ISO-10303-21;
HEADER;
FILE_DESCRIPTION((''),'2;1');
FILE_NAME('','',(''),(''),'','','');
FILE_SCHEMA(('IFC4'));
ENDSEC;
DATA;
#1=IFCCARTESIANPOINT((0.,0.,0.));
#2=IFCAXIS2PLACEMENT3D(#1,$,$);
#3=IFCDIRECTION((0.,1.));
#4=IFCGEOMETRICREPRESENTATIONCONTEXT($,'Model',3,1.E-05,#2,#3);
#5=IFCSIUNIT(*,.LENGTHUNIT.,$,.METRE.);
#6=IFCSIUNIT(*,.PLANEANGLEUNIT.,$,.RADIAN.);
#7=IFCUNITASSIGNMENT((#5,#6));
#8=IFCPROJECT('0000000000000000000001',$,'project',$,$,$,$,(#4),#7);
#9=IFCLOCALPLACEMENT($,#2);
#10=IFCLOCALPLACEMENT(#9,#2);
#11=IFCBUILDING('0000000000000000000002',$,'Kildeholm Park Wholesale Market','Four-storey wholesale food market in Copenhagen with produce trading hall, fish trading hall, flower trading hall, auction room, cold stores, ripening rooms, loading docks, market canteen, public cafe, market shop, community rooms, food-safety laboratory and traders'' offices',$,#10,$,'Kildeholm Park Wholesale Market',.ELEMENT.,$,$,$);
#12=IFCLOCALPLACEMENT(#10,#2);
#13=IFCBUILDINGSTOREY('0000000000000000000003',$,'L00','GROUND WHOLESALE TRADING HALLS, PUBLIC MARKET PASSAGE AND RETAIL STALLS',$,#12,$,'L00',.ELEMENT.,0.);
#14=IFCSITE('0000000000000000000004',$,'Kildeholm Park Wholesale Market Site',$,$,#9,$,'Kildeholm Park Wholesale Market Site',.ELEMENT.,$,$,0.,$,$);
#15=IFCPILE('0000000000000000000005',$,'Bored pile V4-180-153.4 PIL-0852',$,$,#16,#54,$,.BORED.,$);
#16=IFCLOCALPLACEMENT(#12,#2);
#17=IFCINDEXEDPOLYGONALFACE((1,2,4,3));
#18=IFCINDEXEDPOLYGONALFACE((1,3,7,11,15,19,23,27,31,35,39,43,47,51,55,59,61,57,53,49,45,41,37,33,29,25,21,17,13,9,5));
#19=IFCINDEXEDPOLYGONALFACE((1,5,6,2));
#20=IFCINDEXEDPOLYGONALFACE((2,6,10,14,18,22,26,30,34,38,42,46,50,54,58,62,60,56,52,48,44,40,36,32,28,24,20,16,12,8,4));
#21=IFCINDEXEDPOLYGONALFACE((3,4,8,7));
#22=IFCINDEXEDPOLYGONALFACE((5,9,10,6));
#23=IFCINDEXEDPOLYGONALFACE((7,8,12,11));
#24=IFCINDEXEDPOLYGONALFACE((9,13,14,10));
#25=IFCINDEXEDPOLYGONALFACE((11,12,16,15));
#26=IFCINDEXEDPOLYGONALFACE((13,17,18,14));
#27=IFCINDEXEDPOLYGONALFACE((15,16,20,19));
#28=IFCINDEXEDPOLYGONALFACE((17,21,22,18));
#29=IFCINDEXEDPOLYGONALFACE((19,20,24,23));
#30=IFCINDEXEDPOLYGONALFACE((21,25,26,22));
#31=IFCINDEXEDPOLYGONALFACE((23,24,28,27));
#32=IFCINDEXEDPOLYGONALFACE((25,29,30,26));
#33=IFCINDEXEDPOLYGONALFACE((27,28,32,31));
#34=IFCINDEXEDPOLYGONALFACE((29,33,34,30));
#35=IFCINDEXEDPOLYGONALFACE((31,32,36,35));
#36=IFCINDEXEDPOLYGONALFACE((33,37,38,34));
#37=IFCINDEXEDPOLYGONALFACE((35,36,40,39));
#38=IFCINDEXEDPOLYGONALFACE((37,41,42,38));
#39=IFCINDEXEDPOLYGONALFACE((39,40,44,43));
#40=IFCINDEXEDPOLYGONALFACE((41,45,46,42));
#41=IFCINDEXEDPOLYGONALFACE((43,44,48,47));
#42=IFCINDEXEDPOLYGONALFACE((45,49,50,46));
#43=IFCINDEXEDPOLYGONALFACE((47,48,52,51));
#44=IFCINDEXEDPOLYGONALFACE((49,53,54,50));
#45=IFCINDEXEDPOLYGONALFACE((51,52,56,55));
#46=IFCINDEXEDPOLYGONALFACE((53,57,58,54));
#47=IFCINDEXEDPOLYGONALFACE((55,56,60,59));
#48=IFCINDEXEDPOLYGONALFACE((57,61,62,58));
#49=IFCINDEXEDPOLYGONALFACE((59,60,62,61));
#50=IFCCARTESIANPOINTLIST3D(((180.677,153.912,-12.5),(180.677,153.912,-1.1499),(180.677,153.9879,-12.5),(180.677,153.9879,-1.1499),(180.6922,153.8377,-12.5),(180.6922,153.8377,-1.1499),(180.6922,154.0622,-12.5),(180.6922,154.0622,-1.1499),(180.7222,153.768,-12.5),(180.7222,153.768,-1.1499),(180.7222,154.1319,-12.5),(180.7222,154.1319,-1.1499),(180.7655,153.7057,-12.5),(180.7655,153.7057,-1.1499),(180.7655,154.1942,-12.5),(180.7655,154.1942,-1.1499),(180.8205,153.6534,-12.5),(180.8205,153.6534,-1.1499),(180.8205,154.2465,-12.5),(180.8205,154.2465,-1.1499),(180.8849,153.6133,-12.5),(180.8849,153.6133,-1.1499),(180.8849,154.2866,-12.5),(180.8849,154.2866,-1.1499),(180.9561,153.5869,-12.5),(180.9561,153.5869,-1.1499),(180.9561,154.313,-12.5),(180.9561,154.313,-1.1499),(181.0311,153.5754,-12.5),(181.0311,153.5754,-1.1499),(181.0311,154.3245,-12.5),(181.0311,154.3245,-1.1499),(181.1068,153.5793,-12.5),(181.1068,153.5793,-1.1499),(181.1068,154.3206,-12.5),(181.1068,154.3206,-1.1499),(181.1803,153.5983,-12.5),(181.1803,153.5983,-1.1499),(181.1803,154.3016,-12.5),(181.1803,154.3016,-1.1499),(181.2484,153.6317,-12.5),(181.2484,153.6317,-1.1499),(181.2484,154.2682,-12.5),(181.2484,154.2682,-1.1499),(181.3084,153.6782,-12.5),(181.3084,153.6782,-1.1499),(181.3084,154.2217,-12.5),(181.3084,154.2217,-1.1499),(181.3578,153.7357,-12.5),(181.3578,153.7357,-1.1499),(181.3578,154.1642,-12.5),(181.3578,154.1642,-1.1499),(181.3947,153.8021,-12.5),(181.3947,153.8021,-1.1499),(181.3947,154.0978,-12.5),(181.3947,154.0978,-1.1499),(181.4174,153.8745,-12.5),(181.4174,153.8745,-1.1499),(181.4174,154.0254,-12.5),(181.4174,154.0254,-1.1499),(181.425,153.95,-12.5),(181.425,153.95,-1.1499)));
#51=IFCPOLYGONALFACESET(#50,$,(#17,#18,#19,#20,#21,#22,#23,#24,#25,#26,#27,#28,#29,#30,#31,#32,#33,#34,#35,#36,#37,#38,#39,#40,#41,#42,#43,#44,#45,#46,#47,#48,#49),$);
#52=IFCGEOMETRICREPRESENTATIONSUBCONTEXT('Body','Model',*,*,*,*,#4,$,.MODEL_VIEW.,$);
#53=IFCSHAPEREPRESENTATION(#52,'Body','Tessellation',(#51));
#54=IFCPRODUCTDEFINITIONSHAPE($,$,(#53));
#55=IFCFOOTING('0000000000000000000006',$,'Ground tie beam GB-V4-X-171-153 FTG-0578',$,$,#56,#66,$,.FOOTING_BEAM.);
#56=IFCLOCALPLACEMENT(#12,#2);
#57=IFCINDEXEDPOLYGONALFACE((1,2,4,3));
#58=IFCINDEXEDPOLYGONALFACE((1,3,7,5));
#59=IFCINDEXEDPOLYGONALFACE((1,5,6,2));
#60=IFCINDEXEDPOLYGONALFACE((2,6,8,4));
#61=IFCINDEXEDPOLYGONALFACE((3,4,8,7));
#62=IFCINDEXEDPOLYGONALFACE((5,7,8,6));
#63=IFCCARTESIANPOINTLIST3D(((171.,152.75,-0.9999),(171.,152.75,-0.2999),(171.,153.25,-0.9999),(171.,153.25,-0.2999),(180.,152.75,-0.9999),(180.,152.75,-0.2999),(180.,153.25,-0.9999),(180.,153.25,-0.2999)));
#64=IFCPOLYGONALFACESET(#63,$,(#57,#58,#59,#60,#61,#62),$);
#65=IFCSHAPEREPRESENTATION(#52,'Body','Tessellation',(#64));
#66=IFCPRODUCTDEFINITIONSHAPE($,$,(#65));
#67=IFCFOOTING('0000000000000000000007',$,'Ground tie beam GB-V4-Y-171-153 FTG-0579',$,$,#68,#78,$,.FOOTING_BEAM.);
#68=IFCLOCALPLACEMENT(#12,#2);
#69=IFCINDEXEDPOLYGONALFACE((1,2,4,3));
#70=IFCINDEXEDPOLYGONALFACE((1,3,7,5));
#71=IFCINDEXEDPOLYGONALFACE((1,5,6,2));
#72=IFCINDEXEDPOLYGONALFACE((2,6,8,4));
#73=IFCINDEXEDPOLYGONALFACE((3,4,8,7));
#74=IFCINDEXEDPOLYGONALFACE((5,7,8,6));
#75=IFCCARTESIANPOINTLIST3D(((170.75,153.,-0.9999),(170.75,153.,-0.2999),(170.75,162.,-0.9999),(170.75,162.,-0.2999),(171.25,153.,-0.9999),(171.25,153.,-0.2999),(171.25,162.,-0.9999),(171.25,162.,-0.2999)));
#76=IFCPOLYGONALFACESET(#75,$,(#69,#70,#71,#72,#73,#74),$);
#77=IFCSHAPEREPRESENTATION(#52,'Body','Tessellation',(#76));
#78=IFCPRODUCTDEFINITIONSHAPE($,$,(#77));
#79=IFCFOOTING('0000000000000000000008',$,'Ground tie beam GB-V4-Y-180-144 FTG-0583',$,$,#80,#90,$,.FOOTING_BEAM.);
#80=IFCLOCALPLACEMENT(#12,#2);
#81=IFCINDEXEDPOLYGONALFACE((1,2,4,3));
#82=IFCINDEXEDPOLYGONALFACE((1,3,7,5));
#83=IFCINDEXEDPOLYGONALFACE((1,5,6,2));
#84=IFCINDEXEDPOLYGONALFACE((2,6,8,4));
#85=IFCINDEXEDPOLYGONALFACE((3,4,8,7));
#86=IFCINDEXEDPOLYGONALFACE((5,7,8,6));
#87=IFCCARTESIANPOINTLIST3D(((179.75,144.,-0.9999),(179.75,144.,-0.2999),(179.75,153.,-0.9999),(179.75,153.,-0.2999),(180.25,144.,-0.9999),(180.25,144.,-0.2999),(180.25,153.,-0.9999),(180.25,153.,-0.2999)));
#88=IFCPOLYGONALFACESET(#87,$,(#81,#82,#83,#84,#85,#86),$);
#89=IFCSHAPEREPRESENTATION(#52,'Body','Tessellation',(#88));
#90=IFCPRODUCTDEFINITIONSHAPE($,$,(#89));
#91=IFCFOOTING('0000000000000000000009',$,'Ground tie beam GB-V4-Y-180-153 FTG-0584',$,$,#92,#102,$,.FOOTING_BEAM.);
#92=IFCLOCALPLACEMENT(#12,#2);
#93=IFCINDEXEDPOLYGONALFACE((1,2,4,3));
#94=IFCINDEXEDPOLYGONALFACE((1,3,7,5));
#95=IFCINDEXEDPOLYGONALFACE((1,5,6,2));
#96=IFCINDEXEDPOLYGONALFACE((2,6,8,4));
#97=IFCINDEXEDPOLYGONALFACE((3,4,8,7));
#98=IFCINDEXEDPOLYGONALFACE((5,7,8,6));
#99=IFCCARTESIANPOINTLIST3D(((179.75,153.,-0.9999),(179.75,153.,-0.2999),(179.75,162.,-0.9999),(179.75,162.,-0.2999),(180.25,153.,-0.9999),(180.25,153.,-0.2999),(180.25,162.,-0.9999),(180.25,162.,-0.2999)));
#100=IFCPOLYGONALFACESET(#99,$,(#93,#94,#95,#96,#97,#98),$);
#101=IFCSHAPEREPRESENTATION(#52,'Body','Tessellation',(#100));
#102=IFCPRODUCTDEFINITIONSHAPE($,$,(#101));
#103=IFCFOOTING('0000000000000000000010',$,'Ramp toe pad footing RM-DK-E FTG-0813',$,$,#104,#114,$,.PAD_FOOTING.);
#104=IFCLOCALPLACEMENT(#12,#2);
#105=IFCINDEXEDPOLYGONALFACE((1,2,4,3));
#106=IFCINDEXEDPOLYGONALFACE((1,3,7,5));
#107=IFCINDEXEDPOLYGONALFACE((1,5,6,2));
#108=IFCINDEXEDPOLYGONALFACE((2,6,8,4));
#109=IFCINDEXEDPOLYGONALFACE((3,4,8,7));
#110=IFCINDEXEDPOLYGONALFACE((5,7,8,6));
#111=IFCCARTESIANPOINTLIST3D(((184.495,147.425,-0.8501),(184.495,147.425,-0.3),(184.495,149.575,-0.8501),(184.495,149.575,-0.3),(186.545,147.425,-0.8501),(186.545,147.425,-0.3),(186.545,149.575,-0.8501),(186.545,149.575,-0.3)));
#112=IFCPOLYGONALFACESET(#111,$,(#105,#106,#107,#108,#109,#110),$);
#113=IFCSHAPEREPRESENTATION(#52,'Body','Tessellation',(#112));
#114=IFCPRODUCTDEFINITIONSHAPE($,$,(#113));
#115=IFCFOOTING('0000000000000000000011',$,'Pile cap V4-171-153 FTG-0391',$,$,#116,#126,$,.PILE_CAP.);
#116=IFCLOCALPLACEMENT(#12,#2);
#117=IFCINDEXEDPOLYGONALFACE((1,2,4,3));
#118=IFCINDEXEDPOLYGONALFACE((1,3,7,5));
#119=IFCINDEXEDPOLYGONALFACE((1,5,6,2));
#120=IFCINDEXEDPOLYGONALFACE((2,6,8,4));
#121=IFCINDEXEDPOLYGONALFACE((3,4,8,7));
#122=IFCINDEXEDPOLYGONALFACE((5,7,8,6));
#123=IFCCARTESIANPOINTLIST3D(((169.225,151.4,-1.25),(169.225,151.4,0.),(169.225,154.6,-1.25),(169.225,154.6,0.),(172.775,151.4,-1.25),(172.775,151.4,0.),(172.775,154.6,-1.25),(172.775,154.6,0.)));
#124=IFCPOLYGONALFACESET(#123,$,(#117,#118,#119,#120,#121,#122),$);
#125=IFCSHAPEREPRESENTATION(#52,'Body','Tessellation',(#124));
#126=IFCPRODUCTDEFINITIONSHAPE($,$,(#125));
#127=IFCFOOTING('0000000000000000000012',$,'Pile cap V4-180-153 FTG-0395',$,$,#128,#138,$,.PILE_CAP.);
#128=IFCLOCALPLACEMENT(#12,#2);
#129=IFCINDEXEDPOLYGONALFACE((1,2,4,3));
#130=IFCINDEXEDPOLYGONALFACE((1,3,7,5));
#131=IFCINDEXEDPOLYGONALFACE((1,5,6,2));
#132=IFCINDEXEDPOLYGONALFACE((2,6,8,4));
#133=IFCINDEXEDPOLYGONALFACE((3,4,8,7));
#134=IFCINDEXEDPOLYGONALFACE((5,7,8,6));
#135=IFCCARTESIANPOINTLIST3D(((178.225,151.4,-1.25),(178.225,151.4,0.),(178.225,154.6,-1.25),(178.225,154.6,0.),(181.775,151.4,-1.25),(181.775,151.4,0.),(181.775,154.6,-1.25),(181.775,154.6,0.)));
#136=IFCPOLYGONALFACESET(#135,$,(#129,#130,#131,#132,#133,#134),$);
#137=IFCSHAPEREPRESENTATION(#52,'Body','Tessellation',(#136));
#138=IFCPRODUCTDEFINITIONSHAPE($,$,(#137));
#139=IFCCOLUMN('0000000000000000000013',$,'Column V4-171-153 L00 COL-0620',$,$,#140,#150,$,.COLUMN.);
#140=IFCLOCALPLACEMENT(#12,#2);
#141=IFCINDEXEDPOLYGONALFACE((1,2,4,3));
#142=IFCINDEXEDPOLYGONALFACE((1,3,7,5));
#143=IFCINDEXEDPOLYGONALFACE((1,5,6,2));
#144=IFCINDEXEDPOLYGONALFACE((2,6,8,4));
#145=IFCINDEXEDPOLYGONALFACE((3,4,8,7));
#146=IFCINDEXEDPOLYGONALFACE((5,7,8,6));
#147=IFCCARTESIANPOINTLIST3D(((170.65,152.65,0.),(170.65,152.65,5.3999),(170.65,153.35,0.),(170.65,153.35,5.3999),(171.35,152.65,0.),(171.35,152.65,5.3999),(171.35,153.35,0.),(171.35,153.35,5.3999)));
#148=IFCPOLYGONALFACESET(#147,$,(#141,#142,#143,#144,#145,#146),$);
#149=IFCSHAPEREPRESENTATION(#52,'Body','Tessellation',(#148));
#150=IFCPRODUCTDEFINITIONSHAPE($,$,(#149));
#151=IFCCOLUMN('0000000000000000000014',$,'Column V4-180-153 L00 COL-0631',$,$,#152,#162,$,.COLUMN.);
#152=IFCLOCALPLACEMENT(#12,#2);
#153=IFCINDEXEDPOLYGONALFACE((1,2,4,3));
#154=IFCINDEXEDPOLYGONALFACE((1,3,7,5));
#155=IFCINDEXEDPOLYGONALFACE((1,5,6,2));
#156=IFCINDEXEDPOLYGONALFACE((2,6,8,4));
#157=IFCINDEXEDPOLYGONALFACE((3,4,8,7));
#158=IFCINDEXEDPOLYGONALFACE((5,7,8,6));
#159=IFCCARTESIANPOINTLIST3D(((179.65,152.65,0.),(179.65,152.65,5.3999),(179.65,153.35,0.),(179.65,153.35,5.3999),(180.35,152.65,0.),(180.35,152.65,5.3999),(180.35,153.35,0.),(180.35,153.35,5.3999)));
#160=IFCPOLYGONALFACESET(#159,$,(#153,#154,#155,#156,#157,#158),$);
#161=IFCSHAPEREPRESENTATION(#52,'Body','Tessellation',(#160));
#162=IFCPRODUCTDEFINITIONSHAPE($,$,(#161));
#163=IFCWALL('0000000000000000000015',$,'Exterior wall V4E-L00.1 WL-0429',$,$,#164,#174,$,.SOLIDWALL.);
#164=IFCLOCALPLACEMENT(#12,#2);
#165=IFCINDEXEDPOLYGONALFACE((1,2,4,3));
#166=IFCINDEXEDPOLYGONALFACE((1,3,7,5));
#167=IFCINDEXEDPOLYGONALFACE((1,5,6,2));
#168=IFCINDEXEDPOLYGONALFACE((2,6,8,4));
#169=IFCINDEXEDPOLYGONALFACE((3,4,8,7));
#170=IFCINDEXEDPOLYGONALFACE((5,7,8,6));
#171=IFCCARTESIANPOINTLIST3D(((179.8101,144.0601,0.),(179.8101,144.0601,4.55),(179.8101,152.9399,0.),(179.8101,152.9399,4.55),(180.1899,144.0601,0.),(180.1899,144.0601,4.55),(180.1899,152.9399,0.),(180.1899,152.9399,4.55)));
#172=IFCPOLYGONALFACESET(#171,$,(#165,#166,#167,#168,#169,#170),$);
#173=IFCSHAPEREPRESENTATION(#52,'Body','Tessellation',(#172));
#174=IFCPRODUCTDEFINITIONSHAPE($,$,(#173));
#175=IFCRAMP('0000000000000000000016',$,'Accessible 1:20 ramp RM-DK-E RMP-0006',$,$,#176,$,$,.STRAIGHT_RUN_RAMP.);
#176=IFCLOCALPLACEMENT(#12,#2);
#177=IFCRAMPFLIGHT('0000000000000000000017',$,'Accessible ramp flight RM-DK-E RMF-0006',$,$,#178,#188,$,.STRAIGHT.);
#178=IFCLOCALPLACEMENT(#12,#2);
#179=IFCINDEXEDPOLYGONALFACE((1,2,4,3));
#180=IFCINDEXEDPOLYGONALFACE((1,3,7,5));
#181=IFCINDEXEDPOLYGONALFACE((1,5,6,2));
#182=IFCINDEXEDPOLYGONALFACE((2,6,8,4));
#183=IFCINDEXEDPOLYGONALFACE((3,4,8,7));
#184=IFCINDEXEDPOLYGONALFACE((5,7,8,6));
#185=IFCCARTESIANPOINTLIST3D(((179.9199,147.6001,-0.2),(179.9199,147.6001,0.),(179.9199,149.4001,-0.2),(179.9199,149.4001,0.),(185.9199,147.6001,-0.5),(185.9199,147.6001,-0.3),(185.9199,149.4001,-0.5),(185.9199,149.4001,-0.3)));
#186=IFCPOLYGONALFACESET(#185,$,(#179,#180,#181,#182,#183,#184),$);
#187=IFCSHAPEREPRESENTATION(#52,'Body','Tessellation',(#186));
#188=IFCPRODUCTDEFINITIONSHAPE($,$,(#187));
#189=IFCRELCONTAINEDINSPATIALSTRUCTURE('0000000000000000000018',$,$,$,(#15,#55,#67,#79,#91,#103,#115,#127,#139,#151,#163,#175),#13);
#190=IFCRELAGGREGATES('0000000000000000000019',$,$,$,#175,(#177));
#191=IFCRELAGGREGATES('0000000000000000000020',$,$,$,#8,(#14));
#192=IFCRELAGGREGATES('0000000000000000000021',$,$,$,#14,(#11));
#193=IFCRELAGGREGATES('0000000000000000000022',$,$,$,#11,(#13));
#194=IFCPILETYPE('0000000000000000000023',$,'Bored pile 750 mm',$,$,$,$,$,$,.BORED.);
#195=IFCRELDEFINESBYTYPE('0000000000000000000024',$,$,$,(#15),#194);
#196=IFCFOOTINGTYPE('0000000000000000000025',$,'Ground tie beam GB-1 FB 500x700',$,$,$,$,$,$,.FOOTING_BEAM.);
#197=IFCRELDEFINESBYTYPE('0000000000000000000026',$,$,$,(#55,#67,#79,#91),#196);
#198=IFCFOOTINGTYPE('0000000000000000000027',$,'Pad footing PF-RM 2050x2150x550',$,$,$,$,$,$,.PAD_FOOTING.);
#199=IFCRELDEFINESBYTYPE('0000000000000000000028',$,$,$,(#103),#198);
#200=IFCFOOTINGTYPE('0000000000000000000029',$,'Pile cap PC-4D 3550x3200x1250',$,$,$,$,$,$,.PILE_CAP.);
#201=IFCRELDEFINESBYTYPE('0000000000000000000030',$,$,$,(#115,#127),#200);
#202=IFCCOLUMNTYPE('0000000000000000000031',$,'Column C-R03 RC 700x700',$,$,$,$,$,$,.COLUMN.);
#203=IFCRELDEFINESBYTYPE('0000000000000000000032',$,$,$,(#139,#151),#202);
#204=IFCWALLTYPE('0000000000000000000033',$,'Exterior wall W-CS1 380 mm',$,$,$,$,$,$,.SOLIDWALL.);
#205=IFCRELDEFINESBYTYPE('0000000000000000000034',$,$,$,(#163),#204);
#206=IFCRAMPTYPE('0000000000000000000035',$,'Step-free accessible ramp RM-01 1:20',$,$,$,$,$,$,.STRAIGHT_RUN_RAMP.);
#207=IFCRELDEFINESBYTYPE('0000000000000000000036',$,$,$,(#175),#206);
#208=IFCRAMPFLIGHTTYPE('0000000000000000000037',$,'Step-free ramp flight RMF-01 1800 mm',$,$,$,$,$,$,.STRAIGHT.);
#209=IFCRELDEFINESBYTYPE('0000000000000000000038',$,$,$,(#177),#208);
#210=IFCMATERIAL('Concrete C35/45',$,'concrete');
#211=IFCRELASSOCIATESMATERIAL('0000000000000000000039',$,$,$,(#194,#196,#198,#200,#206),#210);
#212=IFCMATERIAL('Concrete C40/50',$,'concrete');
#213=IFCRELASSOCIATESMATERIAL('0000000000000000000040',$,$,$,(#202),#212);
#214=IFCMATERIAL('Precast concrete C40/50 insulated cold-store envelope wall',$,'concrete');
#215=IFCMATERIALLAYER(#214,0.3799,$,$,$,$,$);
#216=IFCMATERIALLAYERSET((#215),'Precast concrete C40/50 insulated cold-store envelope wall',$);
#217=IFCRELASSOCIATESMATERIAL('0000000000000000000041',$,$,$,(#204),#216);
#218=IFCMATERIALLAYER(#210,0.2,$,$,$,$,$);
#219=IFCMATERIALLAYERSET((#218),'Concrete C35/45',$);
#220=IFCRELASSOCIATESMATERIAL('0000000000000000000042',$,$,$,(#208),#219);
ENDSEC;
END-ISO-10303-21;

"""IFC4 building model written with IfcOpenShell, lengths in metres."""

from ifc_helpers import new_model, si_unit, direction, frame, frame_2d, origin, origin_2d, place, context, subcontext, project, spatial, polyline, rectangle, circle, outline, extrude, material, layer, layer_set, material_profile, profile_set, type_object, element, aggregate, save


model = new_model("IFC4")

# Units and contexts
model_context = context("Model", 3, precision=1e-05, world=origin(), true_north=direction((0.0, 1.0)))
body_context = subcontext(model_context, "Body", "Model", "MODEL_VIEW")
ifc_project = project(units=[si_unit("LENGTHUNIT", "METRE"), si_unit("PLANEANGLEUNIT", "RADIAN")], contexts=[model_context])

# Site, building, storey
site_placement = place(None, origin())
site = spatial("IfcSite", under=ifc_project, at=site_placement, Name="Kildeholm Park Wholesale Market Site", LongName="Kildeholm Park Wholesale Market Site", CompositionType="ELEMENT", RefElevation=0.0)
building_placement = place(site_placement, origin())
building = spatial("IfcBuilding", under=site, at=building_placement, Name="Kildeholm Park Wholesale Market", Description="Four-storey wholesale food market in Copenhagen with produce trading hall, fish trading hall, flower trading hall, auction room, cold stores, ripening rooms, loading docks, market canteen, public cafe, market shop, community rooms, food-safety laboratory and traders' offices", LongName="Kildeholm Park Wholesale Market", CompositionType="ELEMENT")
storey_placement = place(building_placement, origin())
storey = spatial("IfcBuildingStorey", under=building, at=storey_placement, Name="L00", Description="GROUND WHOLESALE TRADING HALLS, PUBLIC MARKET PASSAGE AND RETAIL STALLS", LongName="L00", CompositionType="ELEMENT", Elevation=0.0)

# Pile
ifc_material_1 = material(Name="Concrete C35/45", Category="concrete")
ifc_material_profile_1 = material_profile(ifc_material_1, circle(Radius=0.375, at=origin_2d()), Name="PILE D750")
ifc_profile_set_1 = profile_set([ifc_material_profile_1], Name="Concrete C35/45")
pile_type = type_object("IfcPileType", Name="Bored pile 750 mm", PredefinedType="BORED", material=ifc_profile_set_1)
for number, where, z_axis, x_axis, name in (
    (1, (181.05, 153.95, -1.1499), (0.0, 0.0, -1.0), (1.0, 0.0, 0.0), "Bored pile V4-180-153.4 PIL-0852"),
):
    element("IfcPile", number, at=place(storey_placement, frame(where, z_axis=z_axis, x_axis=x_axis)), inside=storey, type_object=pile_type, Name=name, PredefinedType="BORED", context=body_context, shape_type="SweptSolid", body=[
        extrude(circle(Radius=0.375, at=origin_2d()), origin(), (0.0, 0.0, 1.0), 11.3501),
    ])

# Footings
ifc_material_profile_2 = material_profile(ifc_material_1, rectangle(XDim=0.5, YDim=0.7, at=origin_2d()), Name="FB 500x700")
ifc_profile_set_2 = profile_set([ifc_material_profile_2], Name="Concrete C35/45")
footing_type_1 = type_object("IfcFootingType", Name="Ground tie beam GB-1 FB 500x700", PredefinedType="FOOTING_BEAM", material=ifc_profile_set_2)
for number, where, z_axis, x_axis, name in (
    (2, (171.0, 153.0, -0.6499), (1.0, 0.0, 0.0), (0.0, 1.0, 0.0), "Ground tie beam GB-V4-X-171-153 FTG-0578"),
    (3, (171.0, 153.0, -0.6499), (0.0, 1.0, 0.0), (-1.0, 0.0, 0.0), "Ground tie beam GB-V4-Y-171-153 FTG-0579"),
    (4, (180.0, 144.0, -0.6499), (0.0, 1.0, 0.0), (-1.0, 0.0, 0.0), "Ground tie beam GB-V4-Y-180-144 FTG-0583"),
    (5, (180.0, 153.0, -0.6499), (0.0, 1.0, 0.0), (-1.0, 0.0, 0.0), "Ground tie beam GB-V4-Y-180-153 FTG-0584"),
):
    element("IfcFooting", number, at=place(storey_placement, frame(where, z_axis=z_axis, x_axis=x_axis)), inside=storey, type_object=footing_type_1, Name=name, PredefinedType="FOOTING_BEAM", context=body_context, shape_type="SweptSolid", body=[
        extrude(rectangle(XDim=0.5, YDim=0.7, at=origin_2d()), origin(), (0.0, 0.0, 1.0), 9.0),
    ])
footing_type_2 = type_object("IfcFootingType", Name="Pad footing PF-RM 2050x2150x550", PredefinedType="PAD_FOOTING", material=ifc_material_1)
footing_placement = place(storey_placement, frame((185.52, 148.5, -0.8501), z_axis=(0.0, 0.0, 1.0), x_axis=(-1.0, 0.0, 0.0)))
element("IfcFooting", 6, at=footing_placement, inside=storey, type_object=footing_type_2, Name="Ramp toe pad footing RM-DK-E FTG-0813", PredefinedType="PAD_FOOTING", context=body_context, shape_type="SweptSolid", body=[
    extrude(rectangle(XDim=2.05, YDim=2.1499, at=origin_2d()), origin(), (0.0, 0.0, 1.0), 0.55),
])
footing_type_3 = type_object("IfcFootingType", Name="Pile cap PC-4D 3550x3200x1250", PredefinedType="PILE_CAP", material=ifc_material_1)
for number, where, z_axis, x_axis, name in (
    (7, (171.0, 153.0, -1.25), (0.0, 0.0, 1.0), (1.0, 0.0, 0.0), "Pile cap V4-171-153 FTG-0391"),
    (8, (180.0, 153.0, -1.25), (0.0, 0.0, 1.0), (1.0, 0.0, 0.0), "Pile cap V4-180-153 FTG-0395"),
):
    element("IfcFooting", number, at=place(storey_placement, frame(where, z_axis=z_axis, x_axis=x_axis)), inside=storey, type_object=footing_type_3, Name=name, PredefinedType="PILE_CAP", context=body_context, shape_type="SweptSolid", body=[
        extrude(rectangle(XDim=3.55, YDim=3.2, at=origin_2d()), origin(), (0.0, 0.0, 1.0), 1.25),
    ])

# Columns
ifc_material_2 = material(Name="Concrete C40/50", Category="concrete")
ifc_material_profile_3 = material_profile(ifc_material_2, rectangle(XDim=0.7, YDim=0.7, at=origin_2d()), Name="RC 700x700")
ifc_profile_set_3 = profile_set([ifc_material_profile_3], Name="Concrete C40/50")
column_type = type_object("IfcColumnType", Name="Column C-R03 RC 700x700", PredefinedType="COLUMN", material=ifc_profile_set_3)
for number, where, z_axis, x_axis, name in (
    (9, (171.0, 153.0, 0.0), (0.0, 0.0, 1.0), (1.0, 0.0, 0.0), "Column V4-171-153 L00 COL-0620"),
    (10, (180.0, 153.0, 0.0), (0.0, 0.0, 1.0), (1.0, 0.0, 0.0), "Column V4-180-153 L00 COL-0631"),
):
    element("IfcColumn", number, at=place(storey_placement, frame(where, z_axis=z_axis, x_axis=x_axis)), inside=storey, type_object=column_type, Name=name, PredefinedType="COLUMN", context=body_context, shape_type="SweptSolid", body=[
        extrude(rectangle(XDim=0.7, YDim=0.7, at=origin_2d()), origin(), (0.0, 0.0, 1.0), 5.3999),
    ])

# Wall
ifc_material_3 = material(Name="Precast concrete C40/50 insulated cold-store envelope wall", Category="concrete")
ifc_layer_1 = layer(ifc_material_3, 0.3799)
ifc_layer_set_1 = layer_set([ifc_layer_1], Name="Precast concrete C40/50 insulated cold-store envelope wall")
wall_type_1 = type_object("IfcWallType", Name="Exterior wall W-CS1 380 mm", PredefinedType="SOLIDWALL", material=ifc_layer_set_1)
wall_1_placement = place(storey_placement, frame((180.0, 144.0601, 0.0), z_axis=(0.0, 0.0, 1.0), x_axis=(0.0, 1.0, 0.0)))
element("IfcWall", 11, at=wall_1_placement, inside=storey, type_object=wall_type_1, Name="Exterior wall V4E-L00.1 WL-0429", PredefinedType="SOLIDWALL", context=body_context, shape_type="SweptSolid", body=[
    extrude(rectangle(XDim=8.8799, YDim=0.3799, at=frame_2d((4.4399, 0.0))), origin(), (0.0, 0.0, 1.0), 4.55),
])

# Ramp, ramp flight
ramp_type = type_object("IfcRampType", Name="Step-free accessible ramp RM-01 1:20", PredefinedType="STRAIGHT_RUN_RAMP", material=ifc_material_1)
ramp_placement = place(storey_placement, origin())
ramp = element("IfcRamp", 12, at=ramp_placement, inside=storey, type_object=ramp_type, Name="Accessible 1:20 ramp RM-DK-E RMP-0006", PredefinedType="STRAIGHT_RUN_RAMP")
ifc_layer_2 = layer(ifc_material_1, 0.2)
ifc_layer_set_2 = layer_set([ifc_layer_2], Name="Concrete C35/45")
ramp_flight_type = type_object("IfcRampFlightType", Name="Step-free ramp flight RMF-01 1800 mm", PredefinedType="STRAIGHT", material=ifc_layer_set_2)
ramp_flight_placement = place(storey_placement, frame((185.9199, 148.5, -0.3), z_axis=(0.0, 0.0, 1.0), x_axis=(-1.0, 0.0, 0.0)))
ramp_flight = element("IfcRampFlight", 13, at=ramp_flight_placement, type_object=ramp_flight_type, Name="Accessible ramp flight RM-DK-E RMF-0006", PredefinedType="STRAIGHT", context=body_context, shape_type="SweptSolid", body=[
    extrude(outline(polyline([(0.0, 0.0), (0.0, -0.2), (6.0, 0.1001), (6.0, 0.3), (0.0, 0.0)])), frame((0.0, 0.8999, 0.0), z_axis=(0.0, -1.0, 0.0), x_axis=(1.0, 0.0, 0.0)), (0.0, 0.0, 1.0), 1.8),
])
aggregate(ramp, [ramp_flight])

save(model, "model.ifc")
